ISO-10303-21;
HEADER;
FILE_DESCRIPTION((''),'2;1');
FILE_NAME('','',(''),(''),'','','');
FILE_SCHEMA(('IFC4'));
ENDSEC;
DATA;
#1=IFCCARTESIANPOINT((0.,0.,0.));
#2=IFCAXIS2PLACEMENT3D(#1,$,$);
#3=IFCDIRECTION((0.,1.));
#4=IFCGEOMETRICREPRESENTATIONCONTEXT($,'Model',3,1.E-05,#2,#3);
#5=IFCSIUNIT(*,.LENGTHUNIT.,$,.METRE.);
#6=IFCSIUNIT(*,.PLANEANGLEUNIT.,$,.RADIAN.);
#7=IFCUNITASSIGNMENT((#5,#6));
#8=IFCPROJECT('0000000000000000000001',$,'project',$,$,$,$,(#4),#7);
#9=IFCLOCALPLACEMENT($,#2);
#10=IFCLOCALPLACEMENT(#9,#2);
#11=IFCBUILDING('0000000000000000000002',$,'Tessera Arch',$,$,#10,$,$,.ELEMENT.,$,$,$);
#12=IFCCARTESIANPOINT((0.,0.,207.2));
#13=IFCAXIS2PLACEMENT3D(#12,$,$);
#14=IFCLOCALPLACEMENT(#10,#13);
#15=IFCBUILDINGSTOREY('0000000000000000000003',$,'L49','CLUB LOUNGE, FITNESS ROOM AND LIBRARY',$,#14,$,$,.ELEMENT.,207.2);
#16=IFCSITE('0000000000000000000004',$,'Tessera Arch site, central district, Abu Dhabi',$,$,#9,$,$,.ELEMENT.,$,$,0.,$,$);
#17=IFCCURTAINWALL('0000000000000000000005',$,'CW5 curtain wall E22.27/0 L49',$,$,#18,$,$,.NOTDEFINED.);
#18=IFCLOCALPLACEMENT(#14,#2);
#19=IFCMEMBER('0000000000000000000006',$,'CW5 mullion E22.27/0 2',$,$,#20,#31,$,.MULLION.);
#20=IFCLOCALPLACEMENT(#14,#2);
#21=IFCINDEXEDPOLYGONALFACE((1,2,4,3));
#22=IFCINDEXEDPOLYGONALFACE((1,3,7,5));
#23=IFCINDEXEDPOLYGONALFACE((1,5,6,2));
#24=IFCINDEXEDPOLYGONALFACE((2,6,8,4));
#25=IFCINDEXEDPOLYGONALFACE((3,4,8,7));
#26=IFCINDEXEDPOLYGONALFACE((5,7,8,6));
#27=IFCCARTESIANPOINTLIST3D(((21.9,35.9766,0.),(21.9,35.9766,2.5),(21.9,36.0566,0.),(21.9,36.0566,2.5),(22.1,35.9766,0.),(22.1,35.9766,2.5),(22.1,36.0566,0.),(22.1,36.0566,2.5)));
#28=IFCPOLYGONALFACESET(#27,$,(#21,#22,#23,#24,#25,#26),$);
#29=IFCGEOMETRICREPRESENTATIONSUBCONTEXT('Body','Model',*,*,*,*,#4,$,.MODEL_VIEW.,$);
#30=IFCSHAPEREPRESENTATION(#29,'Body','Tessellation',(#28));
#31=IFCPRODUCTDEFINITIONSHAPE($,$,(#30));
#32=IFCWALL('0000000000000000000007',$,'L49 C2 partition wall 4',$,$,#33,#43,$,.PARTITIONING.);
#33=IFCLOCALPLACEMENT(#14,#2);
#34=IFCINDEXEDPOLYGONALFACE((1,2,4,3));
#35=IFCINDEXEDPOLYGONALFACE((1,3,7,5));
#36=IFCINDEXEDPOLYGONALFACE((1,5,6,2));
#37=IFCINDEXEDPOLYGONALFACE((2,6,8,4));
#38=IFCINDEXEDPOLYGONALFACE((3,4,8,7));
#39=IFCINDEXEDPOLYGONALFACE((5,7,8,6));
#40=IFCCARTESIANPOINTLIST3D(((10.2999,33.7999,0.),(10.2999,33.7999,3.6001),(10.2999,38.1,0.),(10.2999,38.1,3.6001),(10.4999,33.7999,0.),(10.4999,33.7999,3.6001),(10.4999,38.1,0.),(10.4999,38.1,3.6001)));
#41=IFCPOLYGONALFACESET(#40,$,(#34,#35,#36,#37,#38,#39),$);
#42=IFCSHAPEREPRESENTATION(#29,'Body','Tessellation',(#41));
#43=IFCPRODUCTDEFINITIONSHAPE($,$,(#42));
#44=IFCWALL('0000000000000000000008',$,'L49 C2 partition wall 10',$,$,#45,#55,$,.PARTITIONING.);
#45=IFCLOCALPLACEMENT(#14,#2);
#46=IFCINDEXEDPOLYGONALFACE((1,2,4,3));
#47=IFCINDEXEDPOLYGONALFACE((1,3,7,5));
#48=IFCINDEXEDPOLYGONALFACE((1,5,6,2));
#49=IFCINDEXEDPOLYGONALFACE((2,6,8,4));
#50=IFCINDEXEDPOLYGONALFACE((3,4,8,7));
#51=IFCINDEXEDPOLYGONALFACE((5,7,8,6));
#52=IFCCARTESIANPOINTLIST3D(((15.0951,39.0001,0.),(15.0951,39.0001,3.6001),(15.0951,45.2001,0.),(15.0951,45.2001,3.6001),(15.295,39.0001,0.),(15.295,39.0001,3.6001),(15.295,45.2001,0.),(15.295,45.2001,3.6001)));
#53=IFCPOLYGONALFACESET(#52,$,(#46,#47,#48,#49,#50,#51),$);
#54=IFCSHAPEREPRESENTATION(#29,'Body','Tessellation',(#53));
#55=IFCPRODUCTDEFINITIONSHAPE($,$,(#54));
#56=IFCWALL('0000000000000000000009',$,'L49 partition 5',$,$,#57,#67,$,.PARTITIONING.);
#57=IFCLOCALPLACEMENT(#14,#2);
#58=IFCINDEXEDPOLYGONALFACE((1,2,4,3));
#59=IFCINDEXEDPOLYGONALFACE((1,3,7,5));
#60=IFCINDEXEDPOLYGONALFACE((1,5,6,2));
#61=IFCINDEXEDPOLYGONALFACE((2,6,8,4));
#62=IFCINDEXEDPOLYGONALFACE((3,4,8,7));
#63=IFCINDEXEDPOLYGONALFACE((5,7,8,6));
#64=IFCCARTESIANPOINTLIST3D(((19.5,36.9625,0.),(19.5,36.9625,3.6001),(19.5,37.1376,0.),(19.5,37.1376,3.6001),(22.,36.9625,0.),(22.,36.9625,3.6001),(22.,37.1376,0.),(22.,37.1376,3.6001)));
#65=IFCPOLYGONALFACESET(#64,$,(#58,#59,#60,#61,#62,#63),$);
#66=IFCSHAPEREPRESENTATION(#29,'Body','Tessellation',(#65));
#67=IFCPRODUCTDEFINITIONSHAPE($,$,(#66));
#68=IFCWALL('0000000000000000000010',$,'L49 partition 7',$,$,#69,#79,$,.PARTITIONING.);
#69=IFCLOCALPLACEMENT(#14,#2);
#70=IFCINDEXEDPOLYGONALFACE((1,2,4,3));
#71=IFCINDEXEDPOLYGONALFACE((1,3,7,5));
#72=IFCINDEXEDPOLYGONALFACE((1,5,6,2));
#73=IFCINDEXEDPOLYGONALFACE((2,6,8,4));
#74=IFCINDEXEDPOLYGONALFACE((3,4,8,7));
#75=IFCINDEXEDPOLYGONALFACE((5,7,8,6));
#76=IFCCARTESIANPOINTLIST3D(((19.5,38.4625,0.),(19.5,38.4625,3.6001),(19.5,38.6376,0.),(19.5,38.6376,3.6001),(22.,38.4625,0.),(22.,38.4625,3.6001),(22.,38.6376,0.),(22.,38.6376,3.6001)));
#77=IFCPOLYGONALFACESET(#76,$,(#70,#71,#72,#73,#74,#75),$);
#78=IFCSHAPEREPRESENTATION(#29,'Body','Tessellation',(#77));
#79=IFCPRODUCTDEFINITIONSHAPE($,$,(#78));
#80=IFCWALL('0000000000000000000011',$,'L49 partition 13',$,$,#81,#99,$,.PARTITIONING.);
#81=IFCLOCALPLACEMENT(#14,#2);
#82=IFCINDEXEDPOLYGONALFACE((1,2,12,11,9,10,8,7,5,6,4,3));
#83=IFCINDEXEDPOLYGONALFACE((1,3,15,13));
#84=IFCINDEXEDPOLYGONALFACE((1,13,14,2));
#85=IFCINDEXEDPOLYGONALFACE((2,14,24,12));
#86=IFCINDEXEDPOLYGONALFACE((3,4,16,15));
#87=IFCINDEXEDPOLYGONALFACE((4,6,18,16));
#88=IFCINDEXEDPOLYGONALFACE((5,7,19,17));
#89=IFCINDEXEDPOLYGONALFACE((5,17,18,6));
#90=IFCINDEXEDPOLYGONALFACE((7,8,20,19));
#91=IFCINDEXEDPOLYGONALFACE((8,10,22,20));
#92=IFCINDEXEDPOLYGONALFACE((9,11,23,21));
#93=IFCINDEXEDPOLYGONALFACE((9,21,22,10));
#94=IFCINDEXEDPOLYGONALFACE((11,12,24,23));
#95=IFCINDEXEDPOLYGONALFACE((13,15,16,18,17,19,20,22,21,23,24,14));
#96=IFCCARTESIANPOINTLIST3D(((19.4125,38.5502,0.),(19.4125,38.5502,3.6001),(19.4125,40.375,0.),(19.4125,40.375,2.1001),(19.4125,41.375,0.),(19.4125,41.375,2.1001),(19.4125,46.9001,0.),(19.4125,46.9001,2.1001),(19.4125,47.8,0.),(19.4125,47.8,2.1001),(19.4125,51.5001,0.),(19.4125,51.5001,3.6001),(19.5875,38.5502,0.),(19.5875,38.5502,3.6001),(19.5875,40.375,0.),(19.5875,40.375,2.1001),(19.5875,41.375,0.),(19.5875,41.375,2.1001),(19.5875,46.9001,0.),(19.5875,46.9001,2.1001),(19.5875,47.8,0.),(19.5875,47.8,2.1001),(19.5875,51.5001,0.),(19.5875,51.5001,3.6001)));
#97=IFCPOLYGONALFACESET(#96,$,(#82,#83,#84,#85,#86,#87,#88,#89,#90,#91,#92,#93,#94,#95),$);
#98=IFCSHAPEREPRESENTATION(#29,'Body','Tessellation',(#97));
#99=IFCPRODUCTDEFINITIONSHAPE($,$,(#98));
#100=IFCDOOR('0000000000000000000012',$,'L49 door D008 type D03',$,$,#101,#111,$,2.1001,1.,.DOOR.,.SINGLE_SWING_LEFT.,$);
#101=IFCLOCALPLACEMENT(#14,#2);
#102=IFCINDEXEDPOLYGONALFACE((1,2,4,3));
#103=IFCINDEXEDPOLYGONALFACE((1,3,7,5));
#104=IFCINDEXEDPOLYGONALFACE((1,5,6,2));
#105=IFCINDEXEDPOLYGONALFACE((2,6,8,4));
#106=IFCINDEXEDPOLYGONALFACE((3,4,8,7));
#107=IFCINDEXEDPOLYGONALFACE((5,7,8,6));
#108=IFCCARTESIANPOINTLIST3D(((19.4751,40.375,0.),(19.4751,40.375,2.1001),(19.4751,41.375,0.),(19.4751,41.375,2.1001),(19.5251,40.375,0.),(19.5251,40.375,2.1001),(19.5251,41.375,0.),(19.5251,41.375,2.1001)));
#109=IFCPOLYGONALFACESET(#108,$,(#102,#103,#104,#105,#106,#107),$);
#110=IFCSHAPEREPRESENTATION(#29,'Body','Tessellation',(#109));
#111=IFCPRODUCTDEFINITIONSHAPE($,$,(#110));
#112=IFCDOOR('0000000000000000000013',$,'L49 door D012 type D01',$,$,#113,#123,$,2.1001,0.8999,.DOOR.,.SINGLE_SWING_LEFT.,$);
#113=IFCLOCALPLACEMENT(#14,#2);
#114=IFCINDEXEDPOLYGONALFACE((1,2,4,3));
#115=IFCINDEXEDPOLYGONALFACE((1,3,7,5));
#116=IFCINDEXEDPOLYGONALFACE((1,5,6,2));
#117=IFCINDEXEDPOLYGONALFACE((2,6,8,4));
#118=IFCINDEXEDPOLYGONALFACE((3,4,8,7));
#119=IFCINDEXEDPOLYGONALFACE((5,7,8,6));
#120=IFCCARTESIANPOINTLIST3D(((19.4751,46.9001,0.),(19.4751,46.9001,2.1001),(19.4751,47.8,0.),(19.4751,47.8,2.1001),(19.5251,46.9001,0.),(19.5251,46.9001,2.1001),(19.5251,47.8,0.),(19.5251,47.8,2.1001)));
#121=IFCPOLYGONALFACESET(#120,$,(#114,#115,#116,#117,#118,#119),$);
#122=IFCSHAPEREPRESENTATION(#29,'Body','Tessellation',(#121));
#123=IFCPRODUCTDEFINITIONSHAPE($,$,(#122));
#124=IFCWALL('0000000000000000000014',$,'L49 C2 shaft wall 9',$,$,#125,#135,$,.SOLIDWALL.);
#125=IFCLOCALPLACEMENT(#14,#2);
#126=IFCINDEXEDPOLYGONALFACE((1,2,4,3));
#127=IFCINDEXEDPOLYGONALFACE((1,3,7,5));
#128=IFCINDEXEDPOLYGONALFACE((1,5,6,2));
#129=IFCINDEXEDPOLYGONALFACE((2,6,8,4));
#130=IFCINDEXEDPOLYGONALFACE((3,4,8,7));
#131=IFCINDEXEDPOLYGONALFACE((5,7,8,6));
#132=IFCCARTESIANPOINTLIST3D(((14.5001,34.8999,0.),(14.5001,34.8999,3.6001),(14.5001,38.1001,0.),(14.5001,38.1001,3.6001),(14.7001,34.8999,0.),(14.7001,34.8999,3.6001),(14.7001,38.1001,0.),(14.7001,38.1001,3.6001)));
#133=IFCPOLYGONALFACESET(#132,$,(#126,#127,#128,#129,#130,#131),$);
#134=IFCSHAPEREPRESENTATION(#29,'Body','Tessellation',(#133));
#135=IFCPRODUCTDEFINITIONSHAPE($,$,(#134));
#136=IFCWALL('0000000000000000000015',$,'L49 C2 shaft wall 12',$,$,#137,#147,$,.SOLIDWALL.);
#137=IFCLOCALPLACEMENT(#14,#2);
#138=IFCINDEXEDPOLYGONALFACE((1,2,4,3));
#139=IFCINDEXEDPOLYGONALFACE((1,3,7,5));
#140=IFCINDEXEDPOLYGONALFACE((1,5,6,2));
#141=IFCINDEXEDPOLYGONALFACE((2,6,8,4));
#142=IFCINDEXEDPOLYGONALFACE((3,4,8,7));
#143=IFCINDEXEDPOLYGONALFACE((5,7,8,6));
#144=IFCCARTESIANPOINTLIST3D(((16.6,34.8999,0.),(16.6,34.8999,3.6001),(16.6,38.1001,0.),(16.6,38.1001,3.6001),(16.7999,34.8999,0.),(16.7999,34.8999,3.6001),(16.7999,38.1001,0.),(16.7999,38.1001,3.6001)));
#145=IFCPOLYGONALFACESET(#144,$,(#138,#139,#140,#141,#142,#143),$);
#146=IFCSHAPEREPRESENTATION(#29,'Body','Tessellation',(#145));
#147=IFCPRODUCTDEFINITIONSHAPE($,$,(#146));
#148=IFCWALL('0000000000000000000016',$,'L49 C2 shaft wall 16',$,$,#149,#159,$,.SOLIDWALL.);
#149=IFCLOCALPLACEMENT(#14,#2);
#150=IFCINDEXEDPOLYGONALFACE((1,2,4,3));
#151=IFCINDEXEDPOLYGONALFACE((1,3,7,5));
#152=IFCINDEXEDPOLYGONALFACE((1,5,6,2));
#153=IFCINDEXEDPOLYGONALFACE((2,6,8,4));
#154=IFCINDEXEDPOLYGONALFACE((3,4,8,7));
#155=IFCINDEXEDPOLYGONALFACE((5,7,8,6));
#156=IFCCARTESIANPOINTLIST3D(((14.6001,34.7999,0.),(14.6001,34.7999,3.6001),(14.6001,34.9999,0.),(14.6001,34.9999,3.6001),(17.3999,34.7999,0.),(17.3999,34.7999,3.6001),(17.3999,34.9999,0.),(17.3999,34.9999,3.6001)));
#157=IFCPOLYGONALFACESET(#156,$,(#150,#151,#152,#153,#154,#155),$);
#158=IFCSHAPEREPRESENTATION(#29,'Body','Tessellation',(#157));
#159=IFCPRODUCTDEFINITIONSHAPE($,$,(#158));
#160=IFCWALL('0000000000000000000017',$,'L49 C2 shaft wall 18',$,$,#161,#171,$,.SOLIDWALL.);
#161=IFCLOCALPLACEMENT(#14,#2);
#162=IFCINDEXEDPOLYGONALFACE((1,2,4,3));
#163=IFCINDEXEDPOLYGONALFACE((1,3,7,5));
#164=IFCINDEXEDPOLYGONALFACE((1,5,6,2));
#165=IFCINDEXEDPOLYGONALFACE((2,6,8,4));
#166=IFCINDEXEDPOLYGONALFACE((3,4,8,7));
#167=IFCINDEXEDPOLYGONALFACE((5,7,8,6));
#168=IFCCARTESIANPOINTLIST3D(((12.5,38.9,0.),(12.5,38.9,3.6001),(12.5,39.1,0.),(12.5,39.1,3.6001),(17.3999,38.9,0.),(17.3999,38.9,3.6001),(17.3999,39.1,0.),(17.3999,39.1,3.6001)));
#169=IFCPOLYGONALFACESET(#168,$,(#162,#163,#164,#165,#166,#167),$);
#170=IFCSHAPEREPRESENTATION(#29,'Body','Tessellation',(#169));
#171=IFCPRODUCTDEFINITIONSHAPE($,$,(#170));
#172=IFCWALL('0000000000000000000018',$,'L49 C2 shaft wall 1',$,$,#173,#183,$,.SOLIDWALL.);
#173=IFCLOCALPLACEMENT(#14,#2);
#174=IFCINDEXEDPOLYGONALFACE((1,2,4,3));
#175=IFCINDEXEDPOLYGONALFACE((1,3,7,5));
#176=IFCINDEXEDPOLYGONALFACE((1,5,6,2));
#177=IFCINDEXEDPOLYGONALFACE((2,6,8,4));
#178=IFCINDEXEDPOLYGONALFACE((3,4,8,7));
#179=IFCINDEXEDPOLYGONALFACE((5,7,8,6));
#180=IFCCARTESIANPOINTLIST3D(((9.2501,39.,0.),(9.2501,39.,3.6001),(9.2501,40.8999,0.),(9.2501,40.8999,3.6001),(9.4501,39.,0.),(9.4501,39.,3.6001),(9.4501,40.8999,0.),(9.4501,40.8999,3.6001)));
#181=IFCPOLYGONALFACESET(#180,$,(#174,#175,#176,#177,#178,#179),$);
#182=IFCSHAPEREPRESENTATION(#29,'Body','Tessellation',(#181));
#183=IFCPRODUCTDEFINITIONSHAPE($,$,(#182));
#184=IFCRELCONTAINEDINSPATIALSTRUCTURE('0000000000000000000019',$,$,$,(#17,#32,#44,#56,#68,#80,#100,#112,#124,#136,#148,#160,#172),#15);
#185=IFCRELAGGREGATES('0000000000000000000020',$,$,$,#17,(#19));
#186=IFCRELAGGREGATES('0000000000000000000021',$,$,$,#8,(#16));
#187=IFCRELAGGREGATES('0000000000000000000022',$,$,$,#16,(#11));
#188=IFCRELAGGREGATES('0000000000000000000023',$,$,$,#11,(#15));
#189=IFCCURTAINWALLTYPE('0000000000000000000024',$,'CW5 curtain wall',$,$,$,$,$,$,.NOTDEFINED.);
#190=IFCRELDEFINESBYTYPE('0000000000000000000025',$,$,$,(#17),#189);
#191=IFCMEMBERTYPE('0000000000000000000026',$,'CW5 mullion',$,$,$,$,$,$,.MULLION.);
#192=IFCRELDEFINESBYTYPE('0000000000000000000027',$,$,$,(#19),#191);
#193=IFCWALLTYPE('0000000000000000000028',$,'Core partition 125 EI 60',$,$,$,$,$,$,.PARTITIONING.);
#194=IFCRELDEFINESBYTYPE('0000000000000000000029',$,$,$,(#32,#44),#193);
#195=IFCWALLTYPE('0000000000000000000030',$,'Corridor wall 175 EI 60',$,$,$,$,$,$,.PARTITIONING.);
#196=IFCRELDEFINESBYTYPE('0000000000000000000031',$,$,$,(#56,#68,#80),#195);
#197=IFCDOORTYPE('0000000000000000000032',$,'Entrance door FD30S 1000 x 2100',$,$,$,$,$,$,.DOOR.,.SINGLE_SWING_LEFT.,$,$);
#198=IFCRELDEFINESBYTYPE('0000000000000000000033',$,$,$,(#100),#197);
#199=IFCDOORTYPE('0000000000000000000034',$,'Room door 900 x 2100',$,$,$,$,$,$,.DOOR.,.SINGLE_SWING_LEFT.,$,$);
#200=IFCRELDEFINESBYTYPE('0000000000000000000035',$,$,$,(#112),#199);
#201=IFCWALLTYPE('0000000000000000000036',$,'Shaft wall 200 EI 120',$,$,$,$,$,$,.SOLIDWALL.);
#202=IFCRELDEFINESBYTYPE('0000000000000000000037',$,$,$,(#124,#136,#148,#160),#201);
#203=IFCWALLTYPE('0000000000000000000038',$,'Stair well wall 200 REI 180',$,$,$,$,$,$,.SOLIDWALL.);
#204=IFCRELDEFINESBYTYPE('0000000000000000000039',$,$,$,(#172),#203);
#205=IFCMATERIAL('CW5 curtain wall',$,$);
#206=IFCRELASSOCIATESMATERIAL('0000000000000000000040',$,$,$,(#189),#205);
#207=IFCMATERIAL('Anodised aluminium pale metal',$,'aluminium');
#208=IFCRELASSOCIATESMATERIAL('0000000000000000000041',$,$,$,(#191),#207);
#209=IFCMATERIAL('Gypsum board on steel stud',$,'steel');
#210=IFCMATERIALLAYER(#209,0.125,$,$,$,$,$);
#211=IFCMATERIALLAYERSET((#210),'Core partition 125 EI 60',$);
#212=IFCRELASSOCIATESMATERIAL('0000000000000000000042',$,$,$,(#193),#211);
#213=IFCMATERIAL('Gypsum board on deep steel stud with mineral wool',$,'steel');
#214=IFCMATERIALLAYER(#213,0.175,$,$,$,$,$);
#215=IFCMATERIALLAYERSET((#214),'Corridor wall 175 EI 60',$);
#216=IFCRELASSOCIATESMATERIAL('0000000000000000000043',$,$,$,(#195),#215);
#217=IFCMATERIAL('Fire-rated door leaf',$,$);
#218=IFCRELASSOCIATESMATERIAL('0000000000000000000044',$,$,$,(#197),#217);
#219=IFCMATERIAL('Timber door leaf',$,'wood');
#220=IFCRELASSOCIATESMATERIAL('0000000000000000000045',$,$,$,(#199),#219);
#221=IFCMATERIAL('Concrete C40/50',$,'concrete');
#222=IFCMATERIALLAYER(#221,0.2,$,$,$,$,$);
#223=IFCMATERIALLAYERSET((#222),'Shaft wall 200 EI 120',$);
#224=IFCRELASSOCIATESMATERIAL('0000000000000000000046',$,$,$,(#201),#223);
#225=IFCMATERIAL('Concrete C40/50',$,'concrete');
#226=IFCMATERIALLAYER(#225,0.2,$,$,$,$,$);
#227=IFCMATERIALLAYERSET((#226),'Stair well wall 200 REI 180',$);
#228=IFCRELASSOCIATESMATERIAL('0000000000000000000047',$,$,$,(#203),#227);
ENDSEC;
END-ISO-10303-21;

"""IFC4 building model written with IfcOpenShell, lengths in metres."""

from ifc_helpers import new_model, si_unit, direction, frame, frame_2d, origin, origin_2d, place, context, subcontext, project, spatial, rectangle, extrude, material, layer, layer_set, material_profile, profile_set, type_object, element, fill, aggregate, save


model = new_model("IFC4")

# Units and contexts
model_context = context("Model", 3, precision=1e-05, world=origin(), true_north=direction((0.0, 1.0)))
body_context = subcontext(model_context, "Body", "Model", "MODEL_VIEW")
ifc_project = project(units=[si_unit("LENGTHUNIT", "METRE"), si_unit("PLANEANGLEUNIT", "RADIAN")], contexts=[model_context])

# Site, building, storey
site_placement = place(None, origin())
site = spatial("IfcSite", under=ifc_project, at=site_placement, Name="Tessera Arch site, central district, Abu Dhabi", CompositionType="ELEMENT", RefElevation=0.0)
building_placement = place(site_placement, origin())
building = spatial("IfcBuilding", under=site, at=building_placement, Name="Tessera Arch", CompositionType="ELEMENT")
storey_placement = place(building_placement, frame((0.0, 0.0, 207.2)))
storey = spatial("IfcBuildingStorey", under=building, at=storey_placement, Name="L49", Description="CLUB LOUNGE, FITNESS ROOM AND LIBRARY", CompositionType="ELEMENT", Elevation=207.2)

# Curtain wall, member
ifc_material_1 = material(Name="CW5 curtain wall")
curtain_wall_type = type_object("IfcCurtainWallType", Name="CW5 curtain wall", PredefinedType="NOTDEFINED", material=ifc_material_1)
curtain_wall_placement = place(storey_placement, origin())
curtain_wall = element("IfcCurtainWall", 1, at=curtain_wall_placement, inside=storey, type_object=curtain_wall_type, Name="CW5 curtain wall E22.27/0 L49", PredefinedType="NOTDEFINED")
ifc_material_2 = material(Name="Anodised aluminium pale metal", Category="aluminium")
ifc_material_profile = material_profile(ifc_material_2, rectangle(XDim=0.2, YDim=0.0801, at=origin_2d()), Name="AL 80x200")
ifc_profile_set = profile_set([ifc_material_profile], Name="Anodised aluminium pale metal")
member_type = type_object("IfcMemberType", Name="CW5 mullion", PredefinedType="MULLION", material=ifc_profile_set)
member_placement = place(storey_placement, frame((22.0, 36.0166, 0.0), z_axis=(0.0, 0.0, 1.0), x_axis=(-1.0, 0.0, 0.0)))
member = element("IfcMember", 2, at=member_placement, type_object=member_type, Name="CW5 mullion E22.27/0 2", PredefinedType="MULLION", context=body_context, shape_type="SweptSolid", body=[
    extrude(rectangle(XDim=0.2, YDim=0.0801, at=origin_2d()), origin(), (0.0, 0.0, 1.0), 2.5),
])
aggregate(curtain_wall, [member])

# Walls
ifc_material_3 = material(Name="Gypsum board on steel stud", Category="steel")
ifc_layer_1 = layer(ifc_material_3, 0.125)
ifc_layer_set_1 = layer_set([ifc_layer_1], Name="Core partition 125 EI 60")
wall_type_1 = type_object("IfcWallType", Name="Core partition 125 EI 60", PredefinedType="PARTITIONING", material=ifc_layer_set_1)
wall_1_placement = place(storey_placement, frame((10.3999, 33.8, 0.0), z_axis=(0.0, 0.0, 1.0), x_axis=(0.0, 1.0, 0.0)))
element("IfcWall", 3, at=wall_1_placement, inside=storey, type_object=wall_type_1, Name="L49 C2 partition wall 4", PredefinedType="PARTITIONING", context=body_context, shape_type="SweptSolid", body=[
    extrude(rectangle(XDim=4.3, YDim=0.2, at=frame_2d((2.1499, 0.0))), origin(), (0.0, 0.0, 1.0), 3.6001),
])
wall_2_placement = place(storey_placement, frame((15.1951, 39.0, 0.0), z_axis=(0.0, 0.0, 1.0), x_axis=(0.0, 1.0, 0.0)))
element("IfcWall", 4, at=wall_2_placement, inside=storey, type_object=wall_type_1, Name="L49 C2 partition wall 10", PredefinedType="PARTITIONING", context=body_context, shape_type="SweptSolid", body=[
    extrude(rectangle(XDim=6.2, YDim=0.2, at=frame_2d((3.1001, 0.0))), origin(), (0.0, 0.0, 1.0), 3.6001),
])
ifc_material_4 = material(Name="Gypsum board on deep steel stud with mineral wool", Category="steel")
ifc_layer_2 = layer(ifc_material_4, 0.175)
ifc_layer_set_2 = layer_set([ifc_layer_2], Name="Corridor wall 175 EI 60")
wall_type_2 = type_object("IfcWallType", Name="Corridor wall 175 EI 60", PredefinedType="PARTITIONING", material=ifc_layer_set_2)
for number, where, z_axis, x_axis, name in (
    (5, (19.5, 37.05, 0.0), (0.0, 0.0, 1.0), (1.0, 0.0, 0.0), "L49 partition 5"),
    (6, (19.5, 38.55, 0.0), (0.0, 0.0, 1.0), (1.0, 0.0, 0.0), "L49 partition 7"),
):
    element("IfcWall", number, at=place(storey_placement, frame(where, z_axis=z_axis, x_axis=x_axis)), inside=storey, type_object=wall_type_2, Name=name, PredefinedType="PARTITIONING", context=body_context, shape_type="SweptSolid", body=[
        extrude(rectangle(XDim=2.5, YDim=0.175, at=frame_2d((1.25, 0.0))), origin(), (0.0, 0.0, 1.0), 3.6001),
    ])

# Wall, openings, doors
wall_3_placement = place(storey_placement, frame((19.5, 38.55, 0.0), z_axis=(0.0, 0.0, 1.0), x_axis=(0.0, 1.0, 0.0)))
wall_3 = element("IfcWall", 7, at=wall_3_placement, inside=storey, type_object=wall_type_2, Name="L49 partition 13", PredefinedType="PARTITIONING", context=body_context, shape_type="SweptSolid", body=[
    extrude(rectangle(XDim=12.95, YDim=0.175, at=frame_2d((6.4751, 0.0))), origin(), (0.0, 0.0, 1.0), 3.6001),
])
opening_1_placement = place(wall_3_placement, frame((1.825, 0.0, 0.0)))
opening_1 = element("IfcOpeningElement", 8, at=opening_1_placement, cuts=wall_3, PredefinedType="OPENING", context=body_context, shape_type="SweptSolid", body=[
    extrude(rectangle(XDim=1.0, YDim=2.1001, at=frame_2d((0.5, 1.05))), frame((0.0, 0.0974, 0.0), z_axis=(0.0, -1.0, 0.0), x_axis=(1.0, 0.0, 0.0)), (0.0, 0.0, 1.0), 0.1951),
])
opening_2_placement = place(wall_3_placement, frame((8.3501, 0.0, 0.0)))
opening_2 = element("IfcOpeningElement", 9, at=opening_2_placement, cuts=wall_3, PredefinedType="OPENING", context=body_context, shape_type="SweptSolid", body=[
    extrude(rectangle(XDim=0.8999, YDim=2.1001, at=frame_2d((0.45, 1.05))), frame((0.0, 0.0974, 0.0), z_axis=(0.0, -1.0, 0.0), x_axis=(1.0, 0.0, 0.0)), (0.0, 0.0, 1.0), 0.1951),
])
ifc_material_5 = material(Name="Fire-rated door leaf")
door_type_1 = type_object("IfcDoorType", Name="Entrance door FD30S 1000 x 2100", OperationType="SINGLE_SWING_LEFT", PredefinedType="DOOR", material=ifc_material_5)
door_1_placement = place(opening_1_placement, origin())
door_1 = element("IfcDoor", 10, at=door_1_placement, inside=storey, type_object=door_type_1, Name="L49 door D008 type D03", OperationType="SINGLE_SWING_LEFT", OverallHeight=2.1001, OverallWidth=1.0, PredefinedType="DOOR", context=body_context, shape_type="SweptSolid", body=[
    extrude(rectangle(XDim=1.0, YDim=2.1001, at=frame_2d((0.5, 1.05))), frame((0.0, 0.0249, 0.0), z_axis=(0.0, -1.0, 0.0), x_axis=(1.0, 0.0, 0.0)), (0.0, 0.0, 1.0), 0.05),
])
fill(opening_1, door_1)
ifc_material_6 = material(Name="Timber door leaf", Category="wood")
door_type_2 = type_object("IfcDoorType", Name="Room door 900 x 2100", OperationType="SINGLE_SWING_LEFT", PredefinedType="DOOR", material=ifc_material_6)
door_2_placement = place(opening_2_placement, origin())
door_2 = element("IfcDoor", 11, at=door_2_placement, inside=storey, type_object=door_type_2, Name="L49 door D012 type D01", OperationType="SINGLE_SWING_LEFT", OverallHeight=2.1001, OverallWidth=0.8999, PredefinedType="DOOR", context=body_context, shape_type="SweptSolid", body=[
    extrude(rectangle(XDim=0.8999, YDim=2.1001, at=frame_2d((0.45, 1.05))), frame((0.0, 0.0249, 0.0), z_axis=(0.0, -1.0, 0.0), x_axis=(1.0, 0.0, 0.0)), (0.0, 0.0, 1.0), 0.05),
])
fill(opening_2, door_2)

# Walls
ifc_material_7 = material(Name="Concrete C40/50", Category="concrete")
ifc_layer_3 = layer(ifc_material_7, 0.2)
ifc_layer_set_3 = layer_set([ifc_layer_3], Name="Shaft wall 200 EI 120")
wall_type_3 = type_object("IfcWallType", Name="Shaft wall 200 EI 120", PredefinedType="SOLIDWALL", material=ifc_layer_set_3)
for number, where, z_axis, x_axis, name in (
    (12, (14.6001, 34.8999, 0.0), (0.0, 0.0, 1.0), (0.0, 1.0, 0.0), "L49 C2 shaft wall 9"),
    (13, (16.7, 34.8999, 0.0), (0.0, 0.0, 1.0), (0.0, 1.0, 0.0), "L49 C2 shaft wall 12"),
):
    element("IfcWall", number, at=place(storey_placement, frame(where, z_axis=z_axis, x_axis=x_axis)), inside=storey, type_object=wall_type_3, Name=name, PredefinedType="SOLIDWALL", context=body_context, shape_type="SweptSolid", body=[
        extrude(rectangle(XDim=3.2002, YDim=0.2, at=frame_2d((1.6001, 0.0))), origin(), (0.0, 0.0, 1.0), 3.6001),
    ])
wall_4_placement = place(storey_placement, frame((14.6001, 34.8999, 0.0), z_axis=(0.0, 0.0, 1.0), x_axis=(1.0, 0.0, 0.0)))
element("IfcWall", 14, at=wall_4_placement, inside=storey, type_object=wall_type_3, Name="L49 C2 shaft wall 16", PredefinedType="SOLIDWALL", context=body_context, shape_type="SweptSolid", body=[
    extrude(rectangle(XDim=2.7998, YDim=0.2, at=frame_2d((1.3999, 0.0))), origin(), (0.0, 0.0, 1.0), 3.6001),
])
wall_5_placement = place(storey_placement, frame((12.5, 39.0, 0.0), z_axis=(0.0, 0.0, 1.0), x_axis=(1.0, 0.0, 0.0)))
element("IfcWall", 15, at=wall_5_placement, inside=storey, type_object=wall_type_3, Name="L49 C2 shaft wall 18", PredefinedType="SOLIDWALL", context=body_context, shape_type="SweptSolid", body=[
    extrude(rectangle(XDim=4.8999, YDim=0.2, at=frame_2d((2.45, 0.0))), origin(), (0.0, 0.0, 1.0), 3.6001),
])
ifc_material_8 = material(Name="Concrete C40/50", Category="concrete")
ifc_layer_4 = layer(ifc_material_8, 0.2)
ifc_layer_set_4 = layer_set([ifc_layer_4], Name="Stair well wall 200 REI 180")
wall_type_4 = type_object("IfcWallType", Name="Stair well wall 200 REI 180", PredefinedType="SOLIDWALL", material=ifc_layer_set_4)
wall_6_placement = place(storey_placement, frame((9.3501, 39.0, 0.0), z_axis=(0.0, 0.0, 1.0), x_axis=(0.0, 1.0, 0.0)))
element("IfcWall", 16, at=wall_6_placement, inside=storey, type_object=wall_type_4, Name="L49 C2 shaft wall 1", PredefinedType="SOLIDWALL", context=body_context, shape_type="SweptSolid", body=[
    extrude(rectangle(XDim=1.8999, YDim=0.2, at=frame_2d((0.95, 0.0))), origin(), (0.0, 0.0, 1.0), 3.6001),
])

save(model, "model.ifc")
